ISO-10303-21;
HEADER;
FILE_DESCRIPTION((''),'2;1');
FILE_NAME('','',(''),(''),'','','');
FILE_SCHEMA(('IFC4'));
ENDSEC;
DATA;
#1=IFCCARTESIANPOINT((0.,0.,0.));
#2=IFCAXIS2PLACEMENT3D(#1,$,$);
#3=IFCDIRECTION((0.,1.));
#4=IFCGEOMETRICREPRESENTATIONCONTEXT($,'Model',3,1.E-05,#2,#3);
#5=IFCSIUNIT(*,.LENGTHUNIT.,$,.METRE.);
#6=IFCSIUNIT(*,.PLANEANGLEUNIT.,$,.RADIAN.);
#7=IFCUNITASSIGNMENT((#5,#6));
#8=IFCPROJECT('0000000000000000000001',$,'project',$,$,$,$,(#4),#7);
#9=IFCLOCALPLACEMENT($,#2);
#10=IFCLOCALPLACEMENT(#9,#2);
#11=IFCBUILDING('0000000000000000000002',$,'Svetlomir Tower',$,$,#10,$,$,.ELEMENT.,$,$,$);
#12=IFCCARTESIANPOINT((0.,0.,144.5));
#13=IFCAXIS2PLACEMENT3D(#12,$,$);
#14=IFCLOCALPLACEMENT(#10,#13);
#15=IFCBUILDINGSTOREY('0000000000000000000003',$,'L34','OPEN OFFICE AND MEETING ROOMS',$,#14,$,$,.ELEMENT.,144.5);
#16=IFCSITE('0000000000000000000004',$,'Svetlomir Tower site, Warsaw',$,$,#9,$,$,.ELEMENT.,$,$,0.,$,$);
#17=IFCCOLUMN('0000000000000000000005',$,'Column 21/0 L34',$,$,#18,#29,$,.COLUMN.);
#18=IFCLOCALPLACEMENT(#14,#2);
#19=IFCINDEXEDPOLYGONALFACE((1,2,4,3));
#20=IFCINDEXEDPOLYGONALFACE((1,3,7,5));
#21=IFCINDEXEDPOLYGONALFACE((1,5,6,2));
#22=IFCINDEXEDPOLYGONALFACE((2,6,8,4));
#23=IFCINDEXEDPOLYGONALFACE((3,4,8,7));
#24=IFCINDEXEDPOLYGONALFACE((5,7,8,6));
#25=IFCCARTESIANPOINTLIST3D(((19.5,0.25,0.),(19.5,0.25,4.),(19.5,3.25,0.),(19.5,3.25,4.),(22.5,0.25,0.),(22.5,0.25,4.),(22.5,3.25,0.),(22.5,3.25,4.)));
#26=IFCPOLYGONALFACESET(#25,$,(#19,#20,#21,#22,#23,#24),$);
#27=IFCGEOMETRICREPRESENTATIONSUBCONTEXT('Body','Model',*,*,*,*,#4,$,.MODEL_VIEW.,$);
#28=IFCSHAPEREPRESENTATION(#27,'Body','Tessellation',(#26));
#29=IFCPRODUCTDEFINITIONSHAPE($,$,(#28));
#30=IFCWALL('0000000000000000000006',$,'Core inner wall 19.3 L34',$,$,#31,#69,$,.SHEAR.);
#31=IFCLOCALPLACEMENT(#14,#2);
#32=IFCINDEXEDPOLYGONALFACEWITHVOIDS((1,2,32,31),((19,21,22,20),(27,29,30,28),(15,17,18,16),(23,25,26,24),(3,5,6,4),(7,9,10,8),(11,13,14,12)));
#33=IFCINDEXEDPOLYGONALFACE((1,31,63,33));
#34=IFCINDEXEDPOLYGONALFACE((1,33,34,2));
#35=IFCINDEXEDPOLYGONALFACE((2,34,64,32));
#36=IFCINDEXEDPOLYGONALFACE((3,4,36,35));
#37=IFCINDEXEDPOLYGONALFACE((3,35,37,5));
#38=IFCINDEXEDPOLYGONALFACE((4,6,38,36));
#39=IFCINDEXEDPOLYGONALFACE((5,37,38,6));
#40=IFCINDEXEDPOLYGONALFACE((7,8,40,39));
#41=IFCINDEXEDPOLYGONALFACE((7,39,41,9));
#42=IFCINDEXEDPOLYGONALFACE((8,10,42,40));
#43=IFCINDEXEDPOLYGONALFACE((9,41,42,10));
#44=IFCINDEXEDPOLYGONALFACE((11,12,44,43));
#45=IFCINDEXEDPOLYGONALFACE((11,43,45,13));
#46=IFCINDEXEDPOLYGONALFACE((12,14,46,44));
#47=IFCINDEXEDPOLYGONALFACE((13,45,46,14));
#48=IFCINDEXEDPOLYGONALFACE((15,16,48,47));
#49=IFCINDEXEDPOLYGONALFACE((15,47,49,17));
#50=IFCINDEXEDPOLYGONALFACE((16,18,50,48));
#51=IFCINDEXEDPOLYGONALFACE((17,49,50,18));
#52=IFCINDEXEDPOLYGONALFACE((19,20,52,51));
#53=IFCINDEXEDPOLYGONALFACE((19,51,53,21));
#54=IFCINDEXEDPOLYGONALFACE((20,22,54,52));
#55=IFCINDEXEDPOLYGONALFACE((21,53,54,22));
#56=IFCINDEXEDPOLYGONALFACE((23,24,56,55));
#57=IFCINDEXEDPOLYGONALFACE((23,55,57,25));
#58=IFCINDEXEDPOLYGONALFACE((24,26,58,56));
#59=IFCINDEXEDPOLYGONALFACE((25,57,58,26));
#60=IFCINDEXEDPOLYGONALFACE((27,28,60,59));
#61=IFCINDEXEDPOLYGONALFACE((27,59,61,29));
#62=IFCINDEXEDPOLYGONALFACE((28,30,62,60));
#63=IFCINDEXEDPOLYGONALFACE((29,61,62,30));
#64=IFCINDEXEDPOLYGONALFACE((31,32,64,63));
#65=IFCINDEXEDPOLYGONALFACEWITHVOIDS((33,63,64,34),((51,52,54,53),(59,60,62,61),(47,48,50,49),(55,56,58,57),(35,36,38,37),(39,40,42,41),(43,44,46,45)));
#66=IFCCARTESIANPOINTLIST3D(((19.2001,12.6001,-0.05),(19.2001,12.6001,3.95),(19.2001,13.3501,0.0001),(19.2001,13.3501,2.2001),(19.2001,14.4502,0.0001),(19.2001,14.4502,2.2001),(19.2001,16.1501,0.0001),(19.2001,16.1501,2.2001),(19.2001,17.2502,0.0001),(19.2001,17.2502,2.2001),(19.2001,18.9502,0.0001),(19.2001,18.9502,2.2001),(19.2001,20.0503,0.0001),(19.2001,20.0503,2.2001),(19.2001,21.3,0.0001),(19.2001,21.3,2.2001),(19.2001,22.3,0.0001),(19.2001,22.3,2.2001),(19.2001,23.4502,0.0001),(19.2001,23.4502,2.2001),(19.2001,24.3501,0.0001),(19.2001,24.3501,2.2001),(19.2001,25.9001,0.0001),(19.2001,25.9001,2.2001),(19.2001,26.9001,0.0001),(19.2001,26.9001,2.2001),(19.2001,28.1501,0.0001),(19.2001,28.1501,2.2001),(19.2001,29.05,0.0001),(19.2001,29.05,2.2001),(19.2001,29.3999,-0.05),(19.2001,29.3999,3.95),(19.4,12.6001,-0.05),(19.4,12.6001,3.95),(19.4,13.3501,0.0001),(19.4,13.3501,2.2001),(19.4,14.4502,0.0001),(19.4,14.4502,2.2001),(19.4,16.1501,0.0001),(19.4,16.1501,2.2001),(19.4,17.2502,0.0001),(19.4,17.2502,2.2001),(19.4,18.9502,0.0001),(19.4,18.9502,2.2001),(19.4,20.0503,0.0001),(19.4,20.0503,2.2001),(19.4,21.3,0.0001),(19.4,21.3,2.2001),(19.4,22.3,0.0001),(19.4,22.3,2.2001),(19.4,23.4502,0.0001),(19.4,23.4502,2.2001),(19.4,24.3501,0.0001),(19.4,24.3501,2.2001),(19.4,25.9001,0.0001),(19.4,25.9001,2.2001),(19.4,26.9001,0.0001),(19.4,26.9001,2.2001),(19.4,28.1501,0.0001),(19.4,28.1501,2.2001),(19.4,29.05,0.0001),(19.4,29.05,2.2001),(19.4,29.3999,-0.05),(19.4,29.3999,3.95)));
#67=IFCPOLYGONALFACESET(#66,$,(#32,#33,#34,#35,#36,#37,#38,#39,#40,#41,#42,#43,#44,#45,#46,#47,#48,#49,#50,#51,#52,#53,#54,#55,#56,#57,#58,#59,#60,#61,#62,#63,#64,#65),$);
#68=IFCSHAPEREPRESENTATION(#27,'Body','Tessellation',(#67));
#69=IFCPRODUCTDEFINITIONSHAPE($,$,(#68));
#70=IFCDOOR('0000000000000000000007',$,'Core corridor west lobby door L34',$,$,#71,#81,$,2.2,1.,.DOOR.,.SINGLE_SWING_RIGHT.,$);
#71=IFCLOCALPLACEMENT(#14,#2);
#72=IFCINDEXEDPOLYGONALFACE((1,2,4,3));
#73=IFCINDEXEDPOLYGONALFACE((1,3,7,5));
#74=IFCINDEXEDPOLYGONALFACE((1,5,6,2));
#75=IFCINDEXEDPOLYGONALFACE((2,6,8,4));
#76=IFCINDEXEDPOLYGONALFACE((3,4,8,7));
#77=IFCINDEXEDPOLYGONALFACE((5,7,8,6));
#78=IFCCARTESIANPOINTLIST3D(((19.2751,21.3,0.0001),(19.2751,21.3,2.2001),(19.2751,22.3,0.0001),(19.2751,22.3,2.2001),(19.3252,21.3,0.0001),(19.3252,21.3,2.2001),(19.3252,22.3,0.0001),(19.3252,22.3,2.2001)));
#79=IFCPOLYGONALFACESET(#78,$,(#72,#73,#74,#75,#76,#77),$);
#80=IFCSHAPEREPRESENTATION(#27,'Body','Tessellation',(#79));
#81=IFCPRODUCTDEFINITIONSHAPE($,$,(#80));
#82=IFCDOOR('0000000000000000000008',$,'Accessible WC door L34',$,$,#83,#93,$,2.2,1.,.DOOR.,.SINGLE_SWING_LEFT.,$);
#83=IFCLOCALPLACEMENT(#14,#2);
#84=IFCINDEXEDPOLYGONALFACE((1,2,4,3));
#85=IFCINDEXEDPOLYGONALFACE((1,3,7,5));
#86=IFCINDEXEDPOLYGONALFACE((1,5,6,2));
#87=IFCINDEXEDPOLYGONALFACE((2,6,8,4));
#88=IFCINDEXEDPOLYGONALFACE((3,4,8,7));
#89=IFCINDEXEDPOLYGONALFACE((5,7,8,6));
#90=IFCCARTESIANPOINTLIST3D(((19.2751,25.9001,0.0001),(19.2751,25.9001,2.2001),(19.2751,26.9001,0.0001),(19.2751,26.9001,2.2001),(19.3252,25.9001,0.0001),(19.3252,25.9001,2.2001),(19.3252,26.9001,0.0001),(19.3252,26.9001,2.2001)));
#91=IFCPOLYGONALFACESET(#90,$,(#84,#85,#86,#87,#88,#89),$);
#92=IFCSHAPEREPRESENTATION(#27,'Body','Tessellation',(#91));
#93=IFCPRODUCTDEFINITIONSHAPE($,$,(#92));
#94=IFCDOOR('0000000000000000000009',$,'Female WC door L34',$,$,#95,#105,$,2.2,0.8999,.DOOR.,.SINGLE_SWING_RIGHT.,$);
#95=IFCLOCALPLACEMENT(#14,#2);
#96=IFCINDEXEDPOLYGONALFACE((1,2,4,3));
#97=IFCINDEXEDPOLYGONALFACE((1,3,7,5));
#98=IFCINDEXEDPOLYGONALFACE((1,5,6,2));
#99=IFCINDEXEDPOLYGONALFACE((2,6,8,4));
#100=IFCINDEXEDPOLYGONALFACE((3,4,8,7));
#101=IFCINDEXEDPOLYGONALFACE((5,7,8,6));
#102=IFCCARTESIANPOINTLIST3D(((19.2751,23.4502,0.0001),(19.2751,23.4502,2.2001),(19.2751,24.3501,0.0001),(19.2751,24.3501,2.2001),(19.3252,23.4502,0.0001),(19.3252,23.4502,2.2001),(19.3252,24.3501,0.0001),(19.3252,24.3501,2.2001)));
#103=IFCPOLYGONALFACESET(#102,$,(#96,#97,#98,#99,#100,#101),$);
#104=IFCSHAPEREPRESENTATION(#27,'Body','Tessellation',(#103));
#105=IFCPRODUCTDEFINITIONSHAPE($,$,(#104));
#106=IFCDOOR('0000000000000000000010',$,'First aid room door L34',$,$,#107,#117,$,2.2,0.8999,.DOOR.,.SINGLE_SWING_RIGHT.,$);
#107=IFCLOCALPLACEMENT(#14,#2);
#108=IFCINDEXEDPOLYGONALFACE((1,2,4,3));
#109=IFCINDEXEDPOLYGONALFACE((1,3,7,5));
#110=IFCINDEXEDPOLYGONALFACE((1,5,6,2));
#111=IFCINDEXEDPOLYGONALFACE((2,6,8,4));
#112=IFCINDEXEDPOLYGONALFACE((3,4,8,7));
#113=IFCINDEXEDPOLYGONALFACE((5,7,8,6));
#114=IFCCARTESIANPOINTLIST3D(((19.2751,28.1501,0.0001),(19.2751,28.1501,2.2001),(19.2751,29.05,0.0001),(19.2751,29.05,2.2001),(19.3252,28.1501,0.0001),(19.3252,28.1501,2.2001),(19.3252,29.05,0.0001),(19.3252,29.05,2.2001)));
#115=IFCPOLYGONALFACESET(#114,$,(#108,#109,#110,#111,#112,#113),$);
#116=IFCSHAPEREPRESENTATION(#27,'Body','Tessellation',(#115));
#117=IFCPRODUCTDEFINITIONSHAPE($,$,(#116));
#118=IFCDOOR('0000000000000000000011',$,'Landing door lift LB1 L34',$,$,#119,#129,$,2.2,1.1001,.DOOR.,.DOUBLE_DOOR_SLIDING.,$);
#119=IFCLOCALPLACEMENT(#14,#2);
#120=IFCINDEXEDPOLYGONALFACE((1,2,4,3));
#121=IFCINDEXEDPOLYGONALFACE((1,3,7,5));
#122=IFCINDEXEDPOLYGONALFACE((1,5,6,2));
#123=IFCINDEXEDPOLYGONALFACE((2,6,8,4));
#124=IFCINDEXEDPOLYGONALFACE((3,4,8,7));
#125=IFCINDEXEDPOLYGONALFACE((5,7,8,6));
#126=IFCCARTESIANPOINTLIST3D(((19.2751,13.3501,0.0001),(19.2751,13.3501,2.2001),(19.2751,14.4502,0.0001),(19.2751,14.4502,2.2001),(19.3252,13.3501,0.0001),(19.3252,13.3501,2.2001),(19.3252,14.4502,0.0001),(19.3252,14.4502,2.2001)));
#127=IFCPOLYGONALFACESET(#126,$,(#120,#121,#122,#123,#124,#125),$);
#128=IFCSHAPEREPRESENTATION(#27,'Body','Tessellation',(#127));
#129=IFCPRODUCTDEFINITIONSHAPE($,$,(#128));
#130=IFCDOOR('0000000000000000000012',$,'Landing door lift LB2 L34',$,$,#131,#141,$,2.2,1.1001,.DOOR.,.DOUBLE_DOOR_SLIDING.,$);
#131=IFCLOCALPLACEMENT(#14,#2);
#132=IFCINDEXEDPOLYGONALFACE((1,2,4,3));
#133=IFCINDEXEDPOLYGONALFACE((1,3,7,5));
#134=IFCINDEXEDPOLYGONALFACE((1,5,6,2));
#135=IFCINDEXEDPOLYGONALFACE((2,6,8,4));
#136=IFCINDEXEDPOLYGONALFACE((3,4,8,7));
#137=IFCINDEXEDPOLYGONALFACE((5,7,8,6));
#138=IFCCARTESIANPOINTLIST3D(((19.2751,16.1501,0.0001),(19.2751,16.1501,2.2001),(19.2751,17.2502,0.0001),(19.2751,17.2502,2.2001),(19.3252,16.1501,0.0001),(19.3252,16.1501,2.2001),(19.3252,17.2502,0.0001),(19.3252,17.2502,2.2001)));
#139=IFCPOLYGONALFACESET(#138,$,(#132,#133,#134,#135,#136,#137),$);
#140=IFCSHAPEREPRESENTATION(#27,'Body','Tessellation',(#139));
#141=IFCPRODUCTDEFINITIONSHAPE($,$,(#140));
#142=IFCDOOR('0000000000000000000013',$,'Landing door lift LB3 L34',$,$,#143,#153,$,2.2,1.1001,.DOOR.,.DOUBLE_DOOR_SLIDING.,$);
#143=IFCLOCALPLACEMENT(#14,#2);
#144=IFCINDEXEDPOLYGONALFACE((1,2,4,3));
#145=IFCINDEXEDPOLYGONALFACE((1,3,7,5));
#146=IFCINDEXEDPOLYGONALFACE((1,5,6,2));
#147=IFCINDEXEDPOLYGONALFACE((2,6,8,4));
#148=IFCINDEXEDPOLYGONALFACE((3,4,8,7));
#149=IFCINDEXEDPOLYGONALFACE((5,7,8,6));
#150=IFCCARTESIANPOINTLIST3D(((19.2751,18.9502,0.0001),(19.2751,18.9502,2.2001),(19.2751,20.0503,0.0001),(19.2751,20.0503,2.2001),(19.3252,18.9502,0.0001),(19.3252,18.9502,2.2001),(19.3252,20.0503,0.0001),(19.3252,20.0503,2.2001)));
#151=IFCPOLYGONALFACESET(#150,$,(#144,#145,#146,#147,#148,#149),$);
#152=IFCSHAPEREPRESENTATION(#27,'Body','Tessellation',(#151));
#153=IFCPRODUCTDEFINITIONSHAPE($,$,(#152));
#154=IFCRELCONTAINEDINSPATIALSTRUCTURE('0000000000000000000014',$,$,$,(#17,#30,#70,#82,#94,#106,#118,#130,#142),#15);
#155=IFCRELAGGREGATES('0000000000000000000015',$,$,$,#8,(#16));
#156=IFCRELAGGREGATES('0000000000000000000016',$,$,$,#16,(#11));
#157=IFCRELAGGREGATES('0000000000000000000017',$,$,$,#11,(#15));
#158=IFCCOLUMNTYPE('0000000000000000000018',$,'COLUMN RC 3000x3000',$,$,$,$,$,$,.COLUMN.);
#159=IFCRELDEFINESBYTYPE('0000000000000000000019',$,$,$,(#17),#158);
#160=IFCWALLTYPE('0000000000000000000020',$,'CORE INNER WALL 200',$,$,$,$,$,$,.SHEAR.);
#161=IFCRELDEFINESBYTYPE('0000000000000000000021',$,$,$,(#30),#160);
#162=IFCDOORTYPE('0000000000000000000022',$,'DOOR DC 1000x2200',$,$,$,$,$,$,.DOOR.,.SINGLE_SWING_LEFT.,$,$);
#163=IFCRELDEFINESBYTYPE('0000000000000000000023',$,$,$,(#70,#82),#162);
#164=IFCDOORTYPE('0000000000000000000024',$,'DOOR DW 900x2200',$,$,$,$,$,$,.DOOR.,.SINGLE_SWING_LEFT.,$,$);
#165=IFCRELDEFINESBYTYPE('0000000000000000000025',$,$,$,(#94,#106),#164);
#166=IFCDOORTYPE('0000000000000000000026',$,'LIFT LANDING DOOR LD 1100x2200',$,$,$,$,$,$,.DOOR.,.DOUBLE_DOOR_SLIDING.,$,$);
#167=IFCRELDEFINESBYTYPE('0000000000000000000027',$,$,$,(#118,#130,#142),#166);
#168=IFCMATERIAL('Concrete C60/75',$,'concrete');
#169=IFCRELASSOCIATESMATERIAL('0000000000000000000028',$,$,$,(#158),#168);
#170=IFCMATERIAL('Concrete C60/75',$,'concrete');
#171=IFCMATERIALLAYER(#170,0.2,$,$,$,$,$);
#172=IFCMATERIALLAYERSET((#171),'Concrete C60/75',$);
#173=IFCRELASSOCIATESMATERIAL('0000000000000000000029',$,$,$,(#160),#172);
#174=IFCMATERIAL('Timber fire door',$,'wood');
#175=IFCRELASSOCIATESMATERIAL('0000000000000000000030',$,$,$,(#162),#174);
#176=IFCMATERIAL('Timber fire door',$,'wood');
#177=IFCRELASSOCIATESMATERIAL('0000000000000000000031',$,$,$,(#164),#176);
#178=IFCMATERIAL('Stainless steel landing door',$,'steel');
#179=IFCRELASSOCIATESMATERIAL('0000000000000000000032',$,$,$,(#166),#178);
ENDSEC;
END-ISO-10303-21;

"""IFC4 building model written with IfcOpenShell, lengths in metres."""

from ifc_helpers import new_model, si_unit, direction, frame, frame_2d, origin, origin_2d, place, context, subcontext, project, spatial, rectangle, extrude, material, layer, layer_set, material_profile, profile_set, type_object, element, fill, save


model = new_model("IFC4")

# Units and contexts
model_context = context("Model", 3, precision=1e-05, world=origin(), true_north=direction((0.0, 1.0)))
body_context = subcontext(model_context, "Body", "Model", "MODEL_VIEW")
ifc_project = project(units=[si_unit("LENGTHUNIT", "METRE"), si_unit("PLANEANGLEUNIT", "RADIAN")], contexts=[model_context])

# Site, building, storey
site_placement = place(None, origin())
site = spatial("IfcSite", under=ifc_project, at=site_placement, Name="Svetlomir Tower site, Warsaw", CompositionType="ELEMENT", RefElevation=0.0)
building_placement = place(site_placement, origin())
building = spatial("IfcBuilding", under=site, at=building_placement, Name="Svetlomir Tower", CompositionType="ELEMENT")
storey_placement = place(building_placement, frame((0.0, 0.0, 144.5)))
storey = spatial("IfcBuildingStorey", under=building, at=storey_placement, Name="L34", Description="OPEN OFFICE AND MEETING ROOMS", CompositionType="ELEMENT", Elevation=144.5)

# Column
ifc_material_1 = material(Name="Concrete C60/75", Category="concrete")
ifc_material_profile = material_profile(ifc_material_1, rectangle(XDim=3.0, YDim=3.0, at=origin_2d()), Name="RC 3000x3000")
ifc_profile_set = profile_set([ifc_material_profile], Name="Concrete C60/75")
column_type = type_object("IfcColumnType", Name="COLUMN RC 3000x3000", PredefinedType="COLUMN", material=ifc_profile_set)
column_placement = place(storey_placement, frame((21.0, 1.75, 0.0), z_axis=(0.0, 0.0, 1.0), x_axis=(1.0, 0.0, 0.0)))
element("IfcColumn", 1, at=column_placement, inside=storey, type_object=column_type, Name="Column 21/0 L34", PredefinedType="COLUMN", context=body_context, shape_type="SweptSolid", body=[
    extrude(rectangle(XDim=3.0, YDim=3.0, at=origin_2d()), origin(), (0.0, 0.0, 1.0), 4.0),
])

# Wall, openings, doors
ifc_material_2 = material(Name="Concrete C60/75", Category="concrete")
ifc_layer_1 = layer(ifc_material_2, 0.2)
ifc_layer_set_1 = layer_set([ifc_layer_1], Name="Concrete C60/75")
wall_type_1 = type_object("IfcWallType", Name="CORE INNER WALL 200", PredefinedType="SHEAR", material=ifc_layer_set_1)
wall_1_placement = place(storey_placement, frame((19.3, 12.6001, -0.05), z_axis=(0.0, 0.0, 1.0), x_axis=(0.0, 1.0, 0.0)))
wall_1 = element("IfcWall", 2, at=wall_1_placement, inside=storey, type_object=wall_type_1, Name="Core inner wall 19.3 L34", PredefinedType="SHEAR", context=body_context, shape_type="SweptSolid", body=[
    extrude(rectangle(XDim=16.7998, YDim=0.2, at=frame_2d((8.3999, 0.0))), origin(), (0.0, 0.0, 1.0), 4.0),
])
opening_1_placement = place(wall_1_placement, frame((8.7, 0.0, 0.05)))
opening_1 = element("IfcOpeningElement", 3, at=opening_1_placement, cuts=wall_1, PredefinedType="OPENING", context=body_context, shape_type="SweptSolid", body=[
    extrude(rectangle(XDim=1.0, YDim=2.2, at=frame_2d((0.5, 1.1001))), frame((0.0, 0.1099, 0.0), z_axis=(0.0, -1.0, 0.0), x_axis=(1.0, 0.0, 0.0)), (0.0, 0.0, 1.0), 0.22),
])
opening_2_placement = place(wall_1_placement, frame((10.8501, 0.0, 0.05)))
opening_2 = element("IfcOpeningElement", 4, at=opening_2_placement, cuts=wall_1, PredefinedType="OPENING", context=body_context, shape_type="SweptSolid", body=[
    extrude(rectangle(XDim=0.8999, YDim=2.2, at=frame_2d((0.45, 1.1001))), frame((0.0, 0.1099, 0.0), z_axis=(0.0, -1.0, 0.0), x_axis=(1.0, 0.0, 0.0)), (0.0, 0.0, 1.0), 0.22),
])
opening_3_placement = place(wall_1_placement, frame((13.3, 0.0, 0.05)))
opening_3 = element("IfcOpeningElement", 5, at=opening_3_placement, cuts=wall_1, PredefinedType="OPENING", context=body_context, shape_type="SweptSolid", body=[
    extrude(rectangle(XDim=1.0, YDim=2.2, at=frame_2d((0.5, 1.1001))), frame((0.0, 0.1099, 0.0), z_axis=(0.0, -1.0, 0.0), x_axis=(1.0, 0.0, 0.0)), (0.0, 0.0, 1.0), 0.22),
])
opening_4_placement = place(wall_1_placement, frame((15.55, 0.0, 0.05)))
opening_4 = element("IfcOpeningElement", 6, at=opening_4_placement, cuts=wall_1, PredefinedType="OPENING", context=body_context, shape_type="SweptSolid", body=[
    extrude(rectangle(XDim=0.8999, YDim=2.2, at=frame_2d((0.45, 1.1001))), frame((0.0, 0.1099, 0.0), z_axis=(0.0, -1.0, 0.0), x_axis=(1.0, 0.0, 0.0)), (0.0, 0.0, 1.0), 0.22),
])
opening_5_placement = place(wall_1_placement, frame((0.75, 0.0, 0.05)))
opening_5 = element("IfcOpeningElement", 7, at=opening_5_placement, cuts=wall_1, PredefinedType="OPENING", context=body_context, shape_type="SweptSolid", body=[
    extrude(rectangle(XDim=1.1001, YDim=2.2, at=frame_2d((0.55, 1.1001))), frame((0.0, 0.1099, 0.0), z_axis=(0.0, -1.0, 0.0), x_axis=(1.0, 0.0, 0.0)), (0.0, 0.0, 1.0), 0.22),
])
opening_6_placement = place(wall_1_placement, frame((3.55, 0.0, 0.05)))
opening_6 = element("IfcOpeningElement", 8, at=opening_6_placement, cuts=wall_1, PredefinedType="OPENING", context=body_context, shape_type="SweptSolid", body=[
    extrude(rectangle(XDim=1.1001, YDim=2.2, at=frame_2d((0.55, 1.1001))), frame((0.0, 0.1099, 0.0), z_axis=(0.0, -1.0, 0.0), x_axis=(1.0, 0.0, 0.0)), (0.0, 0.0, 1.0), 0.22),
])
opening_7_placement = place(wall_1_placement, frame((6.3501, 0.0, 0.05)))
opening_7 = element("IfcOpeningElement", 9, at=opening_7_placement, cuts=wall_1, PredefinedType="OPENING", context=body_context, shape_type="SweptSolid", body=[
    extrude(rectangle(XDim=1.1001, YDim=2.2, at=frame_2d((0.55, 1.1001))), frame((0.0, 0.1099, 0.0), z_axis=(0.0, -1.0, 0.0), x_axis=(1.0, 0.0, 0.0)), (0.0, 0.0, 1.0), 0.22),
])
ifc_material_3 = material(Name="Timber fire door", Category="wood")
door_type_1 = type_object("IfcDoorType", Name="DOOR DC 1000x2200", OperationType="SINGLE_SWING_LEFT", PredefinedType="DOOR", material=ifc_material_3)
door_1_placement = place(opening_1_placement, origin())
door_1 = element("IfcDoor", 10, at=door_1_placement, inside=storey, type_object=door_type_1, Name="Core corridor west lobby door L34", OperationType="SINGLE_SWING_RIGHT", OverallHeight=2.2, OverallWidth=1.0, PredefinedType="DOOR", context=body_context, shape_type="SweptSolid", body=[
    extrude(rectangle(XDim=1.0, YDim=2.2, at=frame_2d((0.5, 1.1001))), frame((0.0, 0.0249, 0.0), z_axis=(0.0, -1.0, 0.0), x_axis=(1.0, 0.0, 0.0)), (0.0, 0.0, 1.0), 0.05),
])
fill(opening_1, door_1)
door_2_placement = place(opening_3_placement, origin())
door_2 = element("IfcDoor", 11, at=door_2_placement, inside=storey, type_object=door_type_1, Name="Accessible WC door L34", OperationType="SINGLE_SWING_LEFT", OverallHeight=2.2, OverallWidth=1.0, PredefinedType="DOOR", context=body_context, shape_type="SweptSolid", body=[
    extrude(rectangle(XDim=1.0, YDim=2.2, at=frame_2d((0.5, 1.1001))), frame((0.0, 0.0249, 0.0), z_axis=(0.0, -1.0, 0.0), x_axis=(1.0, 0.0, 0.0)), (0.0, 0.0, 1.0), 0.05),
])
fill(opening_3, door_2)
ifc_material_4 = material(Name="Timber fire door", Category="wood")
door_type_2 = type_object("IfcDoorType", Name="DOOR DW 900x2200", OperationType="SINGLE_SWING_LEFT", PredefinedType="DOOR", material=ifc_material_4)
door_3_placement = place(opening_2_placement, origin())
door_3 = element("IfcDoor", 12, at=door_3_placement, inside=storey, type_object=door_type_2, Name="Female WC door L34", OperationType="SINGLE_SWING_RIGHT", OverallHeight=2.2, OverallWidth=0.8999, PredefinedType="DOOR", context=body_context, shape_type="SweptSolid", body=[
    extrude(rectangle(XDim=0.8999, YDim=2.2, at=frame_2d((0.45, 1.1001))), frame((0.0, 0.0249, 0.0), z_axis=(0.0, -1.0, 0.0), x_axis=(1.0, 0.0, 0.0)), (0.0, 0.0, 1.0), 0.05),
])
fill(opening_2, door_3)
door_4_placement = place(opening_4_placement, origin())
door_4 = element("IfcDoor", 13, at=door_4_placement, inside=storey, type_object=door_type_2, Name="First aid room door L34", OperationType="SINGLE_SWING_RIGHT", OverallHeight=2.2, OverallWidth=0.8999, PredefinedType="DOOR", context=body_context, shape_type="SweptSolid", body=[
    extrude(rectangle(XDim=0.8999, YDim=2.2, at=frame_2d((0.45, 1.1001))), frame((0.0, 0.0249, 0.0), z_axis=(0.0, -1.0, 0.0), x_axis=(1.0, 0.0, 0.0)), (0.0, 0.0, 1.0), 0.05),
])
fill(opening_4, door_4)
ifc_material_5 = material(Name="Stainless steel landing door", Category="steel")
door_type_3 = type_object("IfcDoorType", Name="LIFT LANDING DOOR LD 1100x2200", OperationType="DOUBLE_DOOR_SLIDING", PredefinedType="DOOR", material=ifc_material_5)
door_5_placement = place(opening_5_placement, origin())
door_5 = element("IfcDoor", 14, at=door_5_placement, inside=storey, type_object=door_type_3, Name="Landing door lift LB1 L34", OperationType="DOUBLE_DOOR_SLIDING", OverallHeight=2.2, OverallWidth=1.1001, PredefinedType="DOOR", context=body_context, shape_type="SweptSolid", body=[
    extrude(rectangle(XDim=1.1001, YDim=2.2, at=frame_2d((0.55, 1.1001))), frame((0.0, 0.0249, 0.0), z_axis=(0.0, -1.0, 0.0), x_axis=(1.0, 0.0, 0.0)), (0.0, 0.0, 1.0), 0.05),
])
fill(opening_5, door_5)
door_6_placement = place(opening_6_placement, origin())
door_6 = element("IfcDoor", 15, at=door_6_placement, inside=storey, type_object=door_type_3, Name="Landing door lift LB2 L34", OperationType="DOUBLE_DOOR_SLIDING", OverallHeight=2.2, OverallWidth=1.1001, PredefinedType="DOOR", context=body_context, shape_type="SweptSolid", body=[
    extrude(rectangle(XDim=1.1001, YDim=2.2, at=frame_2d((0.55, 1.1001))), frame((0.0, 0.0249, 0.0), z_axis=(0.0, -1.0, 0.0), x_axis=(1.0, 0.0, 0.0)), (0.0, 0.0, 1.0), 0.05),
])
fill(opening_6, door_6)
door_7_placement = place(opening_7_placement, origin())
door_7 = element("IfcDoor", 16, at=door_7_placement, inside=storey, type_object=door_type_3, Name="Landing door lift LB3 L34", OperationType="DOUBLE_DOOR_SLIDING", OverallHeight=2.2, OverallWidth=1.1001, PredefinedType="DOOR", context=body_context, shape_type="SweptSolid", body=[
    extrude(rectangle(XDim=1.1001, YDim=2.2, at=frame_2d((0.55, 1.1001))), frame((0.0, 0.0249, 0.0), z_axis=(0.0, -1.0, 0.0), x_axis=(1.0, 0.0, 0.0)), (0.0, 0.0, 1.0), 0.05),
])
fill(opening_7, door_7)

save(model, "model.ifc")
